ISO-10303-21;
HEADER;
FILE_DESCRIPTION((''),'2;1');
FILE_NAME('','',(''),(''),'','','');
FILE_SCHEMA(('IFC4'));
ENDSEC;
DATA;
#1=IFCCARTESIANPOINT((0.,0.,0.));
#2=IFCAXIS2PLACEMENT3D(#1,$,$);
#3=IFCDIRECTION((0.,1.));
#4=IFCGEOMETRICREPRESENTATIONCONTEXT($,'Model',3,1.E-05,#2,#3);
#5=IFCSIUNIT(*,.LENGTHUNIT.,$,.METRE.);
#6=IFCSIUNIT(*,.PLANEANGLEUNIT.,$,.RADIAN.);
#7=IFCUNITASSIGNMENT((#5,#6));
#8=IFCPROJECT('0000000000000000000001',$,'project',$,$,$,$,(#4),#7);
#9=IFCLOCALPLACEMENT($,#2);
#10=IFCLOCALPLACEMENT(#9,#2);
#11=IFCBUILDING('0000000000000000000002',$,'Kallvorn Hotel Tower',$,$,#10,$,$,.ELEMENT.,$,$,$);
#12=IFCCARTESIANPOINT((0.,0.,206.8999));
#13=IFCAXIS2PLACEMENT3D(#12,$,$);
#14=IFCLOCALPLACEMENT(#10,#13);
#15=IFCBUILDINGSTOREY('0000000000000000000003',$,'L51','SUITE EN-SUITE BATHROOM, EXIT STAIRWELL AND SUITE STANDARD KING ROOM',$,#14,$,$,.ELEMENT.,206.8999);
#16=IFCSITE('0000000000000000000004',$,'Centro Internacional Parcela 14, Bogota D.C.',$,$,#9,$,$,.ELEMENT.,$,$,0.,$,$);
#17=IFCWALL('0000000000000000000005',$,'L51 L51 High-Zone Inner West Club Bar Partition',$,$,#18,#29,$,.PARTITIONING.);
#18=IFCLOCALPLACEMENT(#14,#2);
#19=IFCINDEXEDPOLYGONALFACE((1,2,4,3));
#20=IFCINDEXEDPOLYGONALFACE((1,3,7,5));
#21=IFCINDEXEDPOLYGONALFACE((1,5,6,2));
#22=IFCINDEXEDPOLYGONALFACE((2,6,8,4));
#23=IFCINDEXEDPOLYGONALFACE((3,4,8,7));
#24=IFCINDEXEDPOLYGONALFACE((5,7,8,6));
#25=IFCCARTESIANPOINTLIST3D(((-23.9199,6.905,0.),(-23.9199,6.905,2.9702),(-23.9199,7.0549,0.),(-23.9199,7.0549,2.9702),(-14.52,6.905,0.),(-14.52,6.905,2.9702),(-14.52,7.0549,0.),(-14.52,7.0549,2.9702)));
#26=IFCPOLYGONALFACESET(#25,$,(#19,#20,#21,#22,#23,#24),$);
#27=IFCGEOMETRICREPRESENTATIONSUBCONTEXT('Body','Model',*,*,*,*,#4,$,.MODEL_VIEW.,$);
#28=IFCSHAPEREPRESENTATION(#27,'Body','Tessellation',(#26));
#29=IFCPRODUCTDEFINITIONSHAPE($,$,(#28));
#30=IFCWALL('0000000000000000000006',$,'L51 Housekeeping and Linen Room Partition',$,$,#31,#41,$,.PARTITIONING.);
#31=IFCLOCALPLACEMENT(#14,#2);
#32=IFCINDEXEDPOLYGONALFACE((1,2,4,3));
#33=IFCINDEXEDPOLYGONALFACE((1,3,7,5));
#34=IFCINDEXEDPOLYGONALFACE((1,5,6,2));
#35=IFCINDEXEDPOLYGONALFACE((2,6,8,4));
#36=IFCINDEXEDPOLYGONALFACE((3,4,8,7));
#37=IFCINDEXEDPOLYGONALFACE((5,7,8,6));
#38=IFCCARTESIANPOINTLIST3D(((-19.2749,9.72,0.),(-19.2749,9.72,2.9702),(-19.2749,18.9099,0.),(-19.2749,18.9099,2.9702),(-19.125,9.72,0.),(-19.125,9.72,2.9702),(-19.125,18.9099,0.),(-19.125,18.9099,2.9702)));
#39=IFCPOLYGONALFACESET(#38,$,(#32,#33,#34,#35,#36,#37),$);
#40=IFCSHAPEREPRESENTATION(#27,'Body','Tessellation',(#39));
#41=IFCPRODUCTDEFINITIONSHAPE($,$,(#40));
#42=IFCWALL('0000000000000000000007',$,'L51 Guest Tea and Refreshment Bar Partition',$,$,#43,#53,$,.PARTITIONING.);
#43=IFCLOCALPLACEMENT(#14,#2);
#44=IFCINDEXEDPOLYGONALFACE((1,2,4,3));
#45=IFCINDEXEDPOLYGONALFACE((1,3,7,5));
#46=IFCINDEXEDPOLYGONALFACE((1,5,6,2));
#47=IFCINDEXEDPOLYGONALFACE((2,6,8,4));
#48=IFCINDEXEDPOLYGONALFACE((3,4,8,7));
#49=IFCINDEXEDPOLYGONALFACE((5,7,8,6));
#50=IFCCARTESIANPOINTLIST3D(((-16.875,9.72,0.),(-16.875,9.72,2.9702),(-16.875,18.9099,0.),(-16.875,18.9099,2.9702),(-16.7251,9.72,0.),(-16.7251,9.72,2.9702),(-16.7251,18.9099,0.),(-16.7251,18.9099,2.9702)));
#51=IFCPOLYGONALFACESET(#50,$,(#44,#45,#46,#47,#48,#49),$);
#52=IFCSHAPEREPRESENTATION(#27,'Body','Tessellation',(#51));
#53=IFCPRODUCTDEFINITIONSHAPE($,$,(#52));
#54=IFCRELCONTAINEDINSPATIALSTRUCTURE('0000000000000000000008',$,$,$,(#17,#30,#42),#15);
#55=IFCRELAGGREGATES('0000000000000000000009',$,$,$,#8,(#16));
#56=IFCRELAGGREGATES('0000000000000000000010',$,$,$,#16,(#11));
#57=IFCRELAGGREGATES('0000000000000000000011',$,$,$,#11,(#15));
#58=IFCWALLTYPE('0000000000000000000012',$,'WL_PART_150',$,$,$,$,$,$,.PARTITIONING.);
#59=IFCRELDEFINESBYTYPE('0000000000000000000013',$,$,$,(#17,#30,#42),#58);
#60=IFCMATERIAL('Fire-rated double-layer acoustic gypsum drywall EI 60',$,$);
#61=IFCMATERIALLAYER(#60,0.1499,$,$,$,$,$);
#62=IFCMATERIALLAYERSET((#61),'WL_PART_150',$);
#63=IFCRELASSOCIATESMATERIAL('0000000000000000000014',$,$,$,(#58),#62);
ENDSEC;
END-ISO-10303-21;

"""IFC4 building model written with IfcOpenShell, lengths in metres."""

from ifc_helpers import new_model, si_unit, direction, frame, frame_2d, origin, place, context, subcontext, project, spatial, rectangle, extrude, material, layer, layer_set, type_object, element, save


model = new_model("IFC4")

# Units and contexts
model_context = context("Model", 3, precision=1e-05, world=origin(), true_north=direction((0.0, 1.0)))
body_context = subcontext(model_context, "Body", "Model", "MODEL_VIEW")
ifc_project = project(units=[si_unit("LENGTHUNIT", "METRE"), si_unit("PLANEANGLEUNIT", "RADIAN")], contexts=[model_context])

# Site, building, storey
site_placement = place(None, origin())
site = spatial("IfcSite", under=ifc_project, at=site_placement, Name="Centro Internacional Parcela 14, Bogota D.C.", CompositionType="ELEMENT", RefElevation=0.0)
building_placement = place(site_placement, origin())
building = spatial("IfcBuilding", under=site, at=building_placement, Name="Kallvorn Hotel Tower", CompositionType="ELEMENT")
storey_placement = place(building_placement, frame((0.0, 0.0, 206.8999)))
storey = spatial("IfcBuildingStorey", under=building, at=storey_placement, Name="L51", Description="SUITE EN-SUITE BATHROOM, EXIT STAIRWELL AND SUITE STANDARD KING ROOM", CompositionType="ELEMENT", Elevation=206.8999)

# Walls
ifc_material_1 = material(Name="Fire-rated double-layer acoustic gypsum drywall EI 60")
ifc_layer_1 = layer(ifc_material_1, 0.1499)
ifc_layer_set_1 = layer_set([ifc_layer_1], Name="WL_PART_150")
wall_type_1 = type_object("IfcWallType", Name="WL_PART_150", PredefinedType="PARTITIONING", material=ifc_layer_set_1)
wall_1_placement = place(storey_placement, frame((-23.9199, 6.98, 0.0), z_axis=(0.0, 0.0, 1.0), x_axis=(1.0, 0.0, 0.0)))
element("IfcWall", 1, at=wall_1_placement, inside=storey, type_object=wall_type_1, Name="L51 L51 High-Zone Inner West Club Bar Partition", PredefinedType="PARTITIONING", context=body_context, shape_type="SweptSolid", body=[
    extrude(rectangle(XDim=9.3999, YDim=0.1499, at=frame_2d((4.7, 0.0))), origin(), (0.0, 0.0, 1.0), 2.9702),
])
for number, where, z_axis, x_axis, name in (
    (2, (-19.2, 9.72, 0.0), (0.0, 0.0, 1.0), (0.0, 1.0, 0.0), "L51 Housekeeping and Linen Room Partition"),
    (3, (-16.8, 9.72, 0.0), (0.0, 0.0, 1.0), (0.0, 1.0, 0.0), "L51 Guest Tea and Refreshment Bar Partition"),
):
    element("IfcWall", number, at=place(storey_placement, frame(where, z_axis=z_axis, x_axis=x_axis)), inside=storey, type_object=wall_type_1, Name=name, PredefinedType="PARTITIONING", context=body_context, shape_type="SweptSolid", body=[
        extrude(rectangle(XDim=9.1899, YDim=0.1499, at=frame_2d((4.595, 0.0))), origin(), (0.0, 0.0, 1.0), 2.9702),
    ])

save(model, "model.ifc")
